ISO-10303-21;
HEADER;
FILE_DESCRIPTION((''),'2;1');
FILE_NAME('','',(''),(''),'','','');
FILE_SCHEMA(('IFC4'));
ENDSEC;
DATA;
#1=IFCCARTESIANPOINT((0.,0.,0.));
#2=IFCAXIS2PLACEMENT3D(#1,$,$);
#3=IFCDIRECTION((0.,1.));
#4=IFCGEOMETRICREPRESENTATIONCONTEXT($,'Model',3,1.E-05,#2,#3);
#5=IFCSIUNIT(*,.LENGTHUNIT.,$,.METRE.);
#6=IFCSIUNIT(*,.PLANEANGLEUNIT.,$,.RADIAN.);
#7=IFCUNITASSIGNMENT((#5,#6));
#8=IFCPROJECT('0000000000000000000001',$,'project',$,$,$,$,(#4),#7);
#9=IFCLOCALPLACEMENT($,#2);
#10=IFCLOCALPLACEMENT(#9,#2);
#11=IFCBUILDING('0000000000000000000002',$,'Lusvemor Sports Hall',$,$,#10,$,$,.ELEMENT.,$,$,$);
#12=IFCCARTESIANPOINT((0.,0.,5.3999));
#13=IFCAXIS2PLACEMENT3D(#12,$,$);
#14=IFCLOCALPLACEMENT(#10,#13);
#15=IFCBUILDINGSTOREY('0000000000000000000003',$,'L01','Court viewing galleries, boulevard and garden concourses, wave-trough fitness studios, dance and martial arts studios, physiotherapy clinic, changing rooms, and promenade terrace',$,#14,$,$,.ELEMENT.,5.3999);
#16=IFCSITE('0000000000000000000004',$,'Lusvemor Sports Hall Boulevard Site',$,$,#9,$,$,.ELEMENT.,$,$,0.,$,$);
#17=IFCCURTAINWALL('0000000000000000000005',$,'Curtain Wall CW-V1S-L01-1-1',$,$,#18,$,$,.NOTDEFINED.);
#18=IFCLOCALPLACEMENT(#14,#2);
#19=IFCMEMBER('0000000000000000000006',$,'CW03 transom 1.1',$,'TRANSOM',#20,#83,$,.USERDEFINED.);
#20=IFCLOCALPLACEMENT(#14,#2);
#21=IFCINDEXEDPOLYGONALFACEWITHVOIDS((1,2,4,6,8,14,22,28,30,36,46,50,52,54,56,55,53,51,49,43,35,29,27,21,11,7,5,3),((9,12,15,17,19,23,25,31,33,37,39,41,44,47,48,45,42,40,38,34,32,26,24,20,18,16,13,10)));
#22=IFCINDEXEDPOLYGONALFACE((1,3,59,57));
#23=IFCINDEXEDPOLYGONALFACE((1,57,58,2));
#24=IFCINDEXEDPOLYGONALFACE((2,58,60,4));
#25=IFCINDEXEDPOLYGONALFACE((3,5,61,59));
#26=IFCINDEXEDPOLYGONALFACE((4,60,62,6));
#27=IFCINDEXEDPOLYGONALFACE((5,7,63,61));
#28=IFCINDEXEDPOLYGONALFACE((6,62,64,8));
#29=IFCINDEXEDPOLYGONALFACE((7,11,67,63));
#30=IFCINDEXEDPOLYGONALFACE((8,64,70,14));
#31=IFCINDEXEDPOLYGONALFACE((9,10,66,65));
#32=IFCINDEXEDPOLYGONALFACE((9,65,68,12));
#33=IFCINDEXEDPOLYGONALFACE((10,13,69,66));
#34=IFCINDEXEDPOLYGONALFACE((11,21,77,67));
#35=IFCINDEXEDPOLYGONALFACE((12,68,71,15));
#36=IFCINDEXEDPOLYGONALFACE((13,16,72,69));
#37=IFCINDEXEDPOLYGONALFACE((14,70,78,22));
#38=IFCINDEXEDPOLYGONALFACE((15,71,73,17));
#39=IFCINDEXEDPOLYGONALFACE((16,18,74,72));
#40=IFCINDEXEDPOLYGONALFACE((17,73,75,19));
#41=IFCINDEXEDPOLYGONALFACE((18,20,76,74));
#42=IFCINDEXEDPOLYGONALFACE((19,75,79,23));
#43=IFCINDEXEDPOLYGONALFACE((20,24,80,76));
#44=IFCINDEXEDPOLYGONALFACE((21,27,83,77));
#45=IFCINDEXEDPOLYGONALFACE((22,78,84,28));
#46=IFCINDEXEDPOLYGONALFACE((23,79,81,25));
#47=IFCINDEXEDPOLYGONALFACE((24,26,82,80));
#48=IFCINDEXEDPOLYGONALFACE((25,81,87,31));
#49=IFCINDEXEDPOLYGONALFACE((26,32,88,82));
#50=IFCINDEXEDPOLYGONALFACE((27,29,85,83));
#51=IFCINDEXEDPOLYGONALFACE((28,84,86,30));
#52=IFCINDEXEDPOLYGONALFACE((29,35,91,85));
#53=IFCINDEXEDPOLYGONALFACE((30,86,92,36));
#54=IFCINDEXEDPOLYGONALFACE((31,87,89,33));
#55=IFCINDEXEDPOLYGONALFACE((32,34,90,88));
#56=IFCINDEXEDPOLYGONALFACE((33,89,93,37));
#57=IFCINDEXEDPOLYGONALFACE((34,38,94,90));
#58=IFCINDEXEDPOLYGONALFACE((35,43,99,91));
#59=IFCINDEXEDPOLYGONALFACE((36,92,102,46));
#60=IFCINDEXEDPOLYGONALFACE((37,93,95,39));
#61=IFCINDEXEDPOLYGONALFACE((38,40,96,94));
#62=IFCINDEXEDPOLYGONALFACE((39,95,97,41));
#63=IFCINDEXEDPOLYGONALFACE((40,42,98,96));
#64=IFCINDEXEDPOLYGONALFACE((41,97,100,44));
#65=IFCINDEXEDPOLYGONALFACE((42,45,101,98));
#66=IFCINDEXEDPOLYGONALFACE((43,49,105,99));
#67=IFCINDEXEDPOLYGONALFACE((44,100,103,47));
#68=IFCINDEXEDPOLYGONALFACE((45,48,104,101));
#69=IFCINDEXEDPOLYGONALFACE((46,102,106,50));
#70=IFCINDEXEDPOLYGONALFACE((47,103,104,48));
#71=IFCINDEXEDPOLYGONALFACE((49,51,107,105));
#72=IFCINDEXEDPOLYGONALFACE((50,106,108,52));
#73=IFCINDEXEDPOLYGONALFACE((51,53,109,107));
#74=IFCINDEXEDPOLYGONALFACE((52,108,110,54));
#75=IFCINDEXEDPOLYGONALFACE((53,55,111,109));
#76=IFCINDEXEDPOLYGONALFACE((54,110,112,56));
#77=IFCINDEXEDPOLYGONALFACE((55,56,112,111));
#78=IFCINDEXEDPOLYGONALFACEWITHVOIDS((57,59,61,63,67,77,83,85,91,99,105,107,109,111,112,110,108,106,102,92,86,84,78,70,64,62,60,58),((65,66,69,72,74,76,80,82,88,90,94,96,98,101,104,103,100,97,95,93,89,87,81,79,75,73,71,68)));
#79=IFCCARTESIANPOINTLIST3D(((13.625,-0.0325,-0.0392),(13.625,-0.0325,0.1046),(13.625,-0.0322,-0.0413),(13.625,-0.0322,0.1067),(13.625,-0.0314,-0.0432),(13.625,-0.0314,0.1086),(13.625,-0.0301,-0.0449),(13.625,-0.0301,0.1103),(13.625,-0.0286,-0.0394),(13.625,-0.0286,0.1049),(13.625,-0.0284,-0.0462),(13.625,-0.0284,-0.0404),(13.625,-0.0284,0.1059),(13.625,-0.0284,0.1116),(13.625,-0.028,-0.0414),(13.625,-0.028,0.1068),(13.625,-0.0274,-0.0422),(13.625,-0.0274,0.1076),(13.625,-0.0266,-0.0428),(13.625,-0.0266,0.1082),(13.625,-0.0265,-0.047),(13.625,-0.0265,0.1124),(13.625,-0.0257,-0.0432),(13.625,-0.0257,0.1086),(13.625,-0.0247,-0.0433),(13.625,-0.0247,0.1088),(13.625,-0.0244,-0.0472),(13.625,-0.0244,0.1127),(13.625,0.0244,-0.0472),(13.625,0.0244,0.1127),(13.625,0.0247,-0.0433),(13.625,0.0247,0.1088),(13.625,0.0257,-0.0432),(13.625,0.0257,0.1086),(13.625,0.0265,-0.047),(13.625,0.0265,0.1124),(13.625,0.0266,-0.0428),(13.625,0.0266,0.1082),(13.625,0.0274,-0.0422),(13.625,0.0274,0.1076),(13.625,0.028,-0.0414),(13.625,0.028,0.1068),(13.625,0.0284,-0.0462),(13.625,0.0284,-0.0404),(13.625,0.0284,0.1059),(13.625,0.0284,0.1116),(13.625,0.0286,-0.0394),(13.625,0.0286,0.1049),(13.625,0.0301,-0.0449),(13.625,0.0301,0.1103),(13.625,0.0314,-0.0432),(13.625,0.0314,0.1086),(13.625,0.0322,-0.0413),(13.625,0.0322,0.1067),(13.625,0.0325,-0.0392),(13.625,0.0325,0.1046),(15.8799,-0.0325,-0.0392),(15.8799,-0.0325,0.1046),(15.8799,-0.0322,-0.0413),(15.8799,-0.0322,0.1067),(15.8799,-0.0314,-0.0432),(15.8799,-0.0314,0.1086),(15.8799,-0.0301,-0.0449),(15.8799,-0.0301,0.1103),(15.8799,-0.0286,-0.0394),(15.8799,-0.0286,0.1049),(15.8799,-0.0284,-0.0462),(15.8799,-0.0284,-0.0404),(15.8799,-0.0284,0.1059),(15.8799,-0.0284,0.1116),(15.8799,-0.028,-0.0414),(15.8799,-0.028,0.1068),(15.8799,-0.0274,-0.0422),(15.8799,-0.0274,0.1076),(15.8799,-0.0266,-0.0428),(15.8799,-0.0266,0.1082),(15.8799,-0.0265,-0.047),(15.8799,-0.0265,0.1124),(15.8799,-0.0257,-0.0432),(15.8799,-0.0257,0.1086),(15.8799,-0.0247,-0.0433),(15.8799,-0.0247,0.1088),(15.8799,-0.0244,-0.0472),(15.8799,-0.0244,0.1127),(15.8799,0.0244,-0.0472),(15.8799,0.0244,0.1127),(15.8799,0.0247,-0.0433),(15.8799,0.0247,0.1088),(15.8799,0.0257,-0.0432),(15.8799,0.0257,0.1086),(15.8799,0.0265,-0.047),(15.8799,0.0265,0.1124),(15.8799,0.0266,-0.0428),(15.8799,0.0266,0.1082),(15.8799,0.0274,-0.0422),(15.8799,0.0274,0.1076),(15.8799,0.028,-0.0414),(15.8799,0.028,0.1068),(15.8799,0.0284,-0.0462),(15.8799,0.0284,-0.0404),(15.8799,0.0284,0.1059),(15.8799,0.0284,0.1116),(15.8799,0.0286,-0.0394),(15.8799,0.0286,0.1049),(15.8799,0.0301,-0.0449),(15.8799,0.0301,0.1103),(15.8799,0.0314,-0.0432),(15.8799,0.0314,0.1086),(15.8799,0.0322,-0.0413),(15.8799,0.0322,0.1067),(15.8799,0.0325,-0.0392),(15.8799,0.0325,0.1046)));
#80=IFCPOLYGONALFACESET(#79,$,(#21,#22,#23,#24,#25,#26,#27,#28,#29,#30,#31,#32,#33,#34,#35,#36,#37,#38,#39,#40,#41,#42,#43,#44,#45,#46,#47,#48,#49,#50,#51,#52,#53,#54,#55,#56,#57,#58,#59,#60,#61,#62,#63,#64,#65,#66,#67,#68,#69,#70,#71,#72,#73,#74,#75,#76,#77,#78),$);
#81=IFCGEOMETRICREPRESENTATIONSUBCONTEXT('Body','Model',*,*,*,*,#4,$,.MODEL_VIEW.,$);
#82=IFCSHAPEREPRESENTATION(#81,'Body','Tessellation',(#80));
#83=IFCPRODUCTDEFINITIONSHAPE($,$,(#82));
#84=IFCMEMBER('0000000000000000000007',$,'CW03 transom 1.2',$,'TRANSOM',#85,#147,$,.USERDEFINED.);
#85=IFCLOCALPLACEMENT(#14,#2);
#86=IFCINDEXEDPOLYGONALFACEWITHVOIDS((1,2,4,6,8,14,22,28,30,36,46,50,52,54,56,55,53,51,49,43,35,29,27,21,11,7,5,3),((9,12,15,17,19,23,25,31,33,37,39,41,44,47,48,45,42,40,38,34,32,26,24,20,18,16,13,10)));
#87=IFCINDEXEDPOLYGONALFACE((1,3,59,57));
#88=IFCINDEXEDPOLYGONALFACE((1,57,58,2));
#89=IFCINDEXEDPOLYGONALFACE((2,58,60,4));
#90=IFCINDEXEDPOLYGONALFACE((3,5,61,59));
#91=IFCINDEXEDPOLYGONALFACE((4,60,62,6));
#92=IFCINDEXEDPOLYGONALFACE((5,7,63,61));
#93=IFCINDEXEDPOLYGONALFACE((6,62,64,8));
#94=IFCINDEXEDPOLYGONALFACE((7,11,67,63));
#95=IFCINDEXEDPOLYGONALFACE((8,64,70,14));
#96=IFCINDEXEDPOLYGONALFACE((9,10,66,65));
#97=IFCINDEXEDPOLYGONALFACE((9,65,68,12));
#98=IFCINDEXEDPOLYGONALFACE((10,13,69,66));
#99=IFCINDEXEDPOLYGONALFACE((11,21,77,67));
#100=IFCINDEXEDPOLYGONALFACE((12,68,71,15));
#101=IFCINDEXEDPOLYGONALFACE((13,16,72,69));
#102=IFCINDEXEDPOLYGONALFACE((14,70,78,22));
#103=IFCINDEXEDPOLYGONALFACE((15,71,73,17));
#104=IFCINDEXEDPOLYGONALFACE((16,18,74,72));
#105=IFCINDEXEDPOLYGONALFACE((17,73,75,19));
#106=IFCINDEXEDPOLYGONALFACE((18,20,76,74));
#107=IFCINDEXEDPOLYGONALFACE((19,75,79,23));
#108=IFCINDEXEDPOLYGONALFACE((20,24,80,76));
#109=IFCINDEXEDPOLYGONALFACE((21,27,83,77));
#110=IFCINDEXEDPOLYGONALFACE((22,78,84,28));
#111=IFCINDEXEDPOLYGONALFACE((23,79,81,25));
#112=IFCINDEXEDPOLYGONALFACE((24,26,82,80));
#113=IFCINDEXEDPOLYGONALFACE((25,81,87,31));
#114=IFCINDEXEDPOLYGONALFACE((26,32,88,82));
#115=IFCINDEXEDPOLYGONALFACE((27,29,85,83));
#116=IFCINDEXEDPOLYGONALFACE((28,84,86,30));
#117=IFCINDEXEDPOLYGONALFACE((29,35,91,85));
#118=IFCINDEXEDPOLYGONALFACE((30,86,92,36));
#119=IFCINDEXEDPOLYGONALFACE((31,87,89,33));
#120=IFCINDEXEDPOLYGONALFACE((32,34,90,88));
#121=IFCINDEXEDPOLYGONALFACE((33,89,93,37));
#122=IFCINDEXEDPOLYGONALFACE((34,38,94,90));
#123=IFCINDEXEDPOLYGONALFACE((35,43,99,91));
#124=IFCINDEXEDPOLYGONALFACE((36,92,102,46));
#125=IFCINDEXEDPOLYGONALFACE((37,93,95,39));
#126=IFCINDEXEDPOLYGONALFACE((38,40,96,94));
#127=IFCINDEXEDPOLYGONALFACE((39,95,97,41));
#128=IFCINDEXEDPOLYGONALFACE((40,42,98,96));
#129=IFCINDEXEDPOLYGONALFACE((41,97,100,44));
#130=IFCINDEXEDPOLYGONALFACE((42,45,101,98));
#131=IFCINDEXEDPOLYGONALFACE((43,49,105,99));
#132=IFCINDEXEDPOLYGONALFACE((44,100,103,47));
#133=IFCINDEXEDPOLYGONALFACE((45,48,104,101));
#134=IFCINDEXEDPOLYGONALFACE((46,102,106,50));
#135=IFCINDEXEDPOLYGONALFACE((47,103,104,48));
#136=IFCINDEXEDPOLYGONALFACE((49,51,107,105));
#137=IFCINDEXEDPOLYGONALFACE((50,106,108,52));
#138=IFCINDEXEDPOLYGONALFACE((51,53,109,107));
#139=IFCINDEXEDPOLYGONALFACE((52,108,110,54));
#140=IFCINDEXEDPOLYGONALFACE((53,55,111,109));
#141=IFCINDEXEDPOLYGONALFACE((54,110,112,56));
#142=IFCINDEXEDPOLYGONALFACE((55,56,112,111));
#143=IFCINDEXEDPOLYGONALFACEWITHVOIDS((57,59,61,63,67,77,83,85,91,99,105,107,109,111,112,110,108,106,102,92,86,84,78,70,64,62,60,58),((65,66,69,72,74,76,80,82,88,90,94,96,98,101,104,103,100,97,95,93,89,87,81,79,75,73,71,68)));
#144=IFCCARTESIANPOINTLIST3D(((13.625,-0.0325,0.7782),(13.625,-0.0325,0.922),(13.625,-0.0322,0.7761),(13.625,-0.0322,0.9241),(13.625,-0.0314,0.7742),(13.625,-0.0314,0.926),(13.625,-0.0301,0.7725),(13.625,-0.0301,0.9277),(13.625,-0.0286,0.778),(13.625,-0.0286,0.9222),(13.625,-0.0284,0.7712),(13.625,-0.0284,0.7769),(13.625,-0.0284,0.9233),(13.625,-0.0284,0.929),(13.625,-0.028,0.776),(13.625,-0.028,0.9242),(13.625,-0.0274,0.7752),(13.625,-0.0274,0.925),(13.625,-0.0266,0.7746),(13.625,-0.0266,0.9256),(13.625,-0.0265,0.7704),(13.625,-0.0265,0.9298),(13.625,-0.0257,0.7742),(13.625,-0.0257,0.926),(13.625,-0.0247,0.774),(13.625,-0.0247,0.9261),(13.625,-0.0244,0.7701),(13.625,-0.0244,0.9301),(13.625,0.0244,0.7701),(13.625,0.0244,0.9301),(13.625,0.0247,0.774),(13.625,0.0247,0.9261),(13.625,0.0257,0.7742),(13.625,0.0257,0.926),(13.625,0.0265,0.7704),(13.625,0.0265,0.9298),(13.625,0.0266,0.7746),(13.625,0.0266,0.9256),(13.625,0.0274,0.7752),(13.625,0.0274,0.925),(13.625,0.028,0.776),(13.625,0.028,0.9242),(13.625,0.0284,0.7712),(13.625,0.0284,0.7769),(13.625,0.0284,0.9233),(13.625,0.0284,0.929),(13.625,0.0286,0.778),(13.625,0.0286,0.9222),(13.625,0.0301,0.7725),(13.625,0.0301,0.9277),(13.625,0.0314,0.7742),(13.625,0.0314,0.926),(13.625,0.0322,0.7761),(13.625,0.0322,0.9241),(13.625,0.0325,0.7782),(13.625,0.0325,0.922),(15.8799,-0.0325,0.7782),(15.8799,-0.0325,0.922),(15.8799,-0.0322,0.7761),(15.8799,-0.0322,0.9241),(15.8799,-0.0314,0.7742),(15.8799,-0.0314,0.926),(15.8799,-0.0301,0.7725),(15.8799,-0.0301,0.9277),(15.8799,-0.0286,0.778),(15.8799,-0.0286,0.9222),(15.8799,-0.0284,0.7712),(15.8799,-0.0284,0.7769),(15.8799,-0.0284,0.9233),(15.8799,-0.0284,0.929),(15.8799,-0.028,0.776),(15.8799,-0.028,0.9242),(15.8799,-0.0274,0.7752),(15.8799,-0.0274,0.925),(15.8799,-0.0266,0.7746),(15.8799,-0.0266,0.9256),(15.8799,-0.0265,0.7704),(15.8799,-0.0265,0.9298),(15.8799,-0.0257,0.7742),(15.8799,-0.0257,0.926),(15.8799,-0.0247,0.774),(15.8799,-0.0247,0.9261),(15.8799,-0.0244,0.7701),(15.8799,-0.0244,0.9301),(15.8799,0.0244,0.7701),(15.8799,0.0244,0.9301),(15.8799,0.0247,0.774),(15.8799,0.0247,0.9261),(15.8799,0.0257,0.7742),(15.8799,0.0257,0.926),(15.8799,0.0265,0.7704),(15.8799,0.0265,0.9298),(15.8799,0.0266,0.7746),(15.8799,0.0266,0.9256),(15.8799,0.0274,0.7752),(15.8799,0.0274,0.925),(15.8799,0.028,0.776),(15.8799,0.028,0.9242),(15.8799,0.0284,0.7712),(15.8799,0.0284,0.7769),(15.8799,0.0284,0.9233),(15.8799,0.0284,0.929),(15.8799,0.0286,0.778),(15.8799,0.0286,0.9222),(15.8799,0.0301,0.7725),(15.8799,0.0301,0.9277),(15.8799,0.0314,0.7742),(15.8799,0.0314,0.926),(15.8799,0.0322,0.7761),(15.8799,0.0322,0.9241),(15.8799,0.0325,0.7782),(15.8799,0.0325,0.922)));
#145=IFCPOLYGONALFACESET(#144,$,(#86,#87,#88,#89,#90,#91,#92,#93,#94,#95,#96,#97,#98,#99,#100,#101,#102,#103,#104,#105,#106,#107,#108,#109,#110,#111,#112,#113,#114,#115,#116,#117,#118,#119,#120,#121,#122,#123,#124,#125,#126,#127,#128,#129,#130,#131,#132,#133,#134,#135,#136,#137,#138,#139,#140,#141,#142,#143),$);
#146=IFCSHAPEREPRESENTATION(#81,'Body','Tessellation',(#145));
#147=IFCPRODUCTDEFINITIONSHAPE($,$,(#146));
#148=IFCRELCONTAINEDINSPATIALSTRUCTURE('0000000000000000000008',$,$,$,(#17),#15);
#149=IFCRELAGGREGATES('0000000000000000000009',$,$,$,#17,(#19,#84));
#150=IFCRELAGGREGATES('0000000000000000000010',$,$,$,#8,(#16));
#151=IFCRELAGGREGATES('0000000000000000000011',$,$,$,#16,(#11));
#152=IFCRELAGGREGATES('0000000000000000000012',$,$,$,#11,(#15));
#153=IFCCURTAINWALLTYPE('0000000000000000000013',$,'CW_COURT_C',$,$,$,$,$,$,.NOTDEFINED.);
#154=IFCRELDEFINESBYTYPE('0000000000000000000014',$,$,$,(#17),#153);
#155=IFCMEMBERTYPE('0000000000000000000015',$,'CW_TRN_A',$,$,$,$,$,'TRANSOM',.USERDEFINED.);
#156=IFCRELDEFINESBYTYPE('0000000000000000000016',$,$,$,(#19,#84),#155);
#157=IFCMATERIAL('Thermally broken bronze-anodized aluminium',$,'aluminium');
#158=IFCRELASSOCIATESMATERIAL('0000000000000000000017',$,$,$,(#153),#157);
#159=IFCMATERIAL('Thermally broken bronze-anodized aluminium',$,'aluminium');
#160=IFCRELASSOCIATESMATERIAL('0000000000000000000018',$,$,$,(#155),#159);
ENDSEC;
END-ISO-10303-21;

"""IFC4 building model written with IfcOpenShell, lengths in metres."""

from ifc_helpers import new_model, si_unit, direction, frame, origin, origin_2d, place, context, subcontext, project, spatial, hollow_rectangle, extrude, material, material_profile, profile_set, type_object, element, aggregate, save


model = new_model("IFC4")

# Units and contexts
model_context = context("Model", 3, precision=1e-05, world=origin(), true_north=direction((0.0, 1.0)))
body_context = subcontext(model_context, "Body", "Model", "MODEL_VIEW")
ifc_project = project(units=[si_unit("LENGTHUNIT", "METRE"), si_unit("PLANEANGLEUNIT", "RADIAN")], contexts=[model_context])

# Site, building, storey
site_placement = place(None, origin())
site = spatial("IfcSite", under=ifc_project, at=site_placement, Name="Lusvemor Sports Hall Boulevard Site", CompositionType="ELEMENT", RefElevation=0.0)
building_placement = place(site_placement, origin())
building = spatial("IfcBuilding", under=site, at=building_placement, Name="Lusvemor Sports Hall", CompositionType="ELEMENT")
storey_placement = place(building_placement, frame((0.0, 0.0, 5.3999)))
storey = spatial("IfcBuildingStorey", under=building, at=storey_placement, Name="L01", Description="Court viewing galleries, boulevard and garden concourses, wave-trough fitness studios, dance and martial arts studios, physiotherapy clinic, changing rooms, and promenade terrace", CompositionType="ELEMENT", Elevation=5.3999)

# Curtain wall, members
ifc_material_1 = material(Name="Thermally broken bronze-anodized aluminium", Category="aluminium")
curtain_wall_type = type_object("IfcCurtainWallType", Name="CW_COURT_C", PredefinedType="NOTDEFINED", material=ifc_material_1)
curtain_wall_placement = place(storey_placement, origin())
curtain_wall = element("IfcCurtainWall", 1, at=curtain_wall_placement, inside=storey, type_object=curtain_wall_type, Name="Curtain Wall CW-V1S-L01-1-1", PredefinedType="NOTDEFINED")
ifc_material_2 = material(Name="Thermally broken bronze-anodized aluminium", Category="aluminium")
ifc_material_profile_1 = material_profile(ifc_material_2, hollow_rectangle(XDim=0.0649, YDim=0.1599, WallThickness=0.0039, InnerFilletRadius=0.0039, OuterFilletRadius=0.0081, at=origin_2d()), Name="CWTRN160x65x4")
ifc_profile_set_1 = profile_set([ifc_material_profile_1], Name="Thermally broken bronze-anodized aluminium")
member_type_1 = type_object("IfcMemberType", Name="CW_TRN_A", ElementType="TRANSOM", PredefinedType="USERDEFINED", material=ifc_profile_set_1)
member_1_placement = place(storey_placement, frame((15.8799, 0.0, 0.0327), z_axis=(-1.0, 0.0, 0.0), x_axis=(0.0, -1.0, 0.0)))
member_1 = element("IfcMember", 2, at=member_1_placement, type_object=member_type_1, Name="CW03 transom 1.1", ObjectType="TRANSOM", PredefinedType="USERDEFINED", context=body_context, shape_type="SweptSolid", body=[
    extrude(hollow_rectangle(XDim=0.0649, YDim=0.1599, WallThickness=0.0039, InnerFilletRadius=0.0039, OuterFilletRadius=0.0081, at=origin_2d()), origin(), (0.0, 0.0, 1.0), 2.2549),
])
member_2_placement = place(storey_placement, frame((15.8799, 0.0, 0.8501), z_axis=(-1.0, 0.0, 0.0), x_axis=(0.0, -1.0, 0.0)))
member_2 = element("IfcMember", 3, at=member_2_placement, type_object=member_type_1, Name="CW03 transom 1.2", ObjectType="TRANSOM", PredefinedType="USERDEFINED", context=body_context, shape_type="SweptSolid", body=[
    extrude(hollow_rectangle(XDim=0.0649, YDim=0.1599, WallThickness=0.0039, InnerFilletRadius=0.0039, OuterFilletRadius=0.0081, at=origin_2d()), origin(), (0.0, 0.0, 1.0), 2.2549),
])

aggregate(curtain_wall, [member_1, member_2])

save(model, "model.ifc")
